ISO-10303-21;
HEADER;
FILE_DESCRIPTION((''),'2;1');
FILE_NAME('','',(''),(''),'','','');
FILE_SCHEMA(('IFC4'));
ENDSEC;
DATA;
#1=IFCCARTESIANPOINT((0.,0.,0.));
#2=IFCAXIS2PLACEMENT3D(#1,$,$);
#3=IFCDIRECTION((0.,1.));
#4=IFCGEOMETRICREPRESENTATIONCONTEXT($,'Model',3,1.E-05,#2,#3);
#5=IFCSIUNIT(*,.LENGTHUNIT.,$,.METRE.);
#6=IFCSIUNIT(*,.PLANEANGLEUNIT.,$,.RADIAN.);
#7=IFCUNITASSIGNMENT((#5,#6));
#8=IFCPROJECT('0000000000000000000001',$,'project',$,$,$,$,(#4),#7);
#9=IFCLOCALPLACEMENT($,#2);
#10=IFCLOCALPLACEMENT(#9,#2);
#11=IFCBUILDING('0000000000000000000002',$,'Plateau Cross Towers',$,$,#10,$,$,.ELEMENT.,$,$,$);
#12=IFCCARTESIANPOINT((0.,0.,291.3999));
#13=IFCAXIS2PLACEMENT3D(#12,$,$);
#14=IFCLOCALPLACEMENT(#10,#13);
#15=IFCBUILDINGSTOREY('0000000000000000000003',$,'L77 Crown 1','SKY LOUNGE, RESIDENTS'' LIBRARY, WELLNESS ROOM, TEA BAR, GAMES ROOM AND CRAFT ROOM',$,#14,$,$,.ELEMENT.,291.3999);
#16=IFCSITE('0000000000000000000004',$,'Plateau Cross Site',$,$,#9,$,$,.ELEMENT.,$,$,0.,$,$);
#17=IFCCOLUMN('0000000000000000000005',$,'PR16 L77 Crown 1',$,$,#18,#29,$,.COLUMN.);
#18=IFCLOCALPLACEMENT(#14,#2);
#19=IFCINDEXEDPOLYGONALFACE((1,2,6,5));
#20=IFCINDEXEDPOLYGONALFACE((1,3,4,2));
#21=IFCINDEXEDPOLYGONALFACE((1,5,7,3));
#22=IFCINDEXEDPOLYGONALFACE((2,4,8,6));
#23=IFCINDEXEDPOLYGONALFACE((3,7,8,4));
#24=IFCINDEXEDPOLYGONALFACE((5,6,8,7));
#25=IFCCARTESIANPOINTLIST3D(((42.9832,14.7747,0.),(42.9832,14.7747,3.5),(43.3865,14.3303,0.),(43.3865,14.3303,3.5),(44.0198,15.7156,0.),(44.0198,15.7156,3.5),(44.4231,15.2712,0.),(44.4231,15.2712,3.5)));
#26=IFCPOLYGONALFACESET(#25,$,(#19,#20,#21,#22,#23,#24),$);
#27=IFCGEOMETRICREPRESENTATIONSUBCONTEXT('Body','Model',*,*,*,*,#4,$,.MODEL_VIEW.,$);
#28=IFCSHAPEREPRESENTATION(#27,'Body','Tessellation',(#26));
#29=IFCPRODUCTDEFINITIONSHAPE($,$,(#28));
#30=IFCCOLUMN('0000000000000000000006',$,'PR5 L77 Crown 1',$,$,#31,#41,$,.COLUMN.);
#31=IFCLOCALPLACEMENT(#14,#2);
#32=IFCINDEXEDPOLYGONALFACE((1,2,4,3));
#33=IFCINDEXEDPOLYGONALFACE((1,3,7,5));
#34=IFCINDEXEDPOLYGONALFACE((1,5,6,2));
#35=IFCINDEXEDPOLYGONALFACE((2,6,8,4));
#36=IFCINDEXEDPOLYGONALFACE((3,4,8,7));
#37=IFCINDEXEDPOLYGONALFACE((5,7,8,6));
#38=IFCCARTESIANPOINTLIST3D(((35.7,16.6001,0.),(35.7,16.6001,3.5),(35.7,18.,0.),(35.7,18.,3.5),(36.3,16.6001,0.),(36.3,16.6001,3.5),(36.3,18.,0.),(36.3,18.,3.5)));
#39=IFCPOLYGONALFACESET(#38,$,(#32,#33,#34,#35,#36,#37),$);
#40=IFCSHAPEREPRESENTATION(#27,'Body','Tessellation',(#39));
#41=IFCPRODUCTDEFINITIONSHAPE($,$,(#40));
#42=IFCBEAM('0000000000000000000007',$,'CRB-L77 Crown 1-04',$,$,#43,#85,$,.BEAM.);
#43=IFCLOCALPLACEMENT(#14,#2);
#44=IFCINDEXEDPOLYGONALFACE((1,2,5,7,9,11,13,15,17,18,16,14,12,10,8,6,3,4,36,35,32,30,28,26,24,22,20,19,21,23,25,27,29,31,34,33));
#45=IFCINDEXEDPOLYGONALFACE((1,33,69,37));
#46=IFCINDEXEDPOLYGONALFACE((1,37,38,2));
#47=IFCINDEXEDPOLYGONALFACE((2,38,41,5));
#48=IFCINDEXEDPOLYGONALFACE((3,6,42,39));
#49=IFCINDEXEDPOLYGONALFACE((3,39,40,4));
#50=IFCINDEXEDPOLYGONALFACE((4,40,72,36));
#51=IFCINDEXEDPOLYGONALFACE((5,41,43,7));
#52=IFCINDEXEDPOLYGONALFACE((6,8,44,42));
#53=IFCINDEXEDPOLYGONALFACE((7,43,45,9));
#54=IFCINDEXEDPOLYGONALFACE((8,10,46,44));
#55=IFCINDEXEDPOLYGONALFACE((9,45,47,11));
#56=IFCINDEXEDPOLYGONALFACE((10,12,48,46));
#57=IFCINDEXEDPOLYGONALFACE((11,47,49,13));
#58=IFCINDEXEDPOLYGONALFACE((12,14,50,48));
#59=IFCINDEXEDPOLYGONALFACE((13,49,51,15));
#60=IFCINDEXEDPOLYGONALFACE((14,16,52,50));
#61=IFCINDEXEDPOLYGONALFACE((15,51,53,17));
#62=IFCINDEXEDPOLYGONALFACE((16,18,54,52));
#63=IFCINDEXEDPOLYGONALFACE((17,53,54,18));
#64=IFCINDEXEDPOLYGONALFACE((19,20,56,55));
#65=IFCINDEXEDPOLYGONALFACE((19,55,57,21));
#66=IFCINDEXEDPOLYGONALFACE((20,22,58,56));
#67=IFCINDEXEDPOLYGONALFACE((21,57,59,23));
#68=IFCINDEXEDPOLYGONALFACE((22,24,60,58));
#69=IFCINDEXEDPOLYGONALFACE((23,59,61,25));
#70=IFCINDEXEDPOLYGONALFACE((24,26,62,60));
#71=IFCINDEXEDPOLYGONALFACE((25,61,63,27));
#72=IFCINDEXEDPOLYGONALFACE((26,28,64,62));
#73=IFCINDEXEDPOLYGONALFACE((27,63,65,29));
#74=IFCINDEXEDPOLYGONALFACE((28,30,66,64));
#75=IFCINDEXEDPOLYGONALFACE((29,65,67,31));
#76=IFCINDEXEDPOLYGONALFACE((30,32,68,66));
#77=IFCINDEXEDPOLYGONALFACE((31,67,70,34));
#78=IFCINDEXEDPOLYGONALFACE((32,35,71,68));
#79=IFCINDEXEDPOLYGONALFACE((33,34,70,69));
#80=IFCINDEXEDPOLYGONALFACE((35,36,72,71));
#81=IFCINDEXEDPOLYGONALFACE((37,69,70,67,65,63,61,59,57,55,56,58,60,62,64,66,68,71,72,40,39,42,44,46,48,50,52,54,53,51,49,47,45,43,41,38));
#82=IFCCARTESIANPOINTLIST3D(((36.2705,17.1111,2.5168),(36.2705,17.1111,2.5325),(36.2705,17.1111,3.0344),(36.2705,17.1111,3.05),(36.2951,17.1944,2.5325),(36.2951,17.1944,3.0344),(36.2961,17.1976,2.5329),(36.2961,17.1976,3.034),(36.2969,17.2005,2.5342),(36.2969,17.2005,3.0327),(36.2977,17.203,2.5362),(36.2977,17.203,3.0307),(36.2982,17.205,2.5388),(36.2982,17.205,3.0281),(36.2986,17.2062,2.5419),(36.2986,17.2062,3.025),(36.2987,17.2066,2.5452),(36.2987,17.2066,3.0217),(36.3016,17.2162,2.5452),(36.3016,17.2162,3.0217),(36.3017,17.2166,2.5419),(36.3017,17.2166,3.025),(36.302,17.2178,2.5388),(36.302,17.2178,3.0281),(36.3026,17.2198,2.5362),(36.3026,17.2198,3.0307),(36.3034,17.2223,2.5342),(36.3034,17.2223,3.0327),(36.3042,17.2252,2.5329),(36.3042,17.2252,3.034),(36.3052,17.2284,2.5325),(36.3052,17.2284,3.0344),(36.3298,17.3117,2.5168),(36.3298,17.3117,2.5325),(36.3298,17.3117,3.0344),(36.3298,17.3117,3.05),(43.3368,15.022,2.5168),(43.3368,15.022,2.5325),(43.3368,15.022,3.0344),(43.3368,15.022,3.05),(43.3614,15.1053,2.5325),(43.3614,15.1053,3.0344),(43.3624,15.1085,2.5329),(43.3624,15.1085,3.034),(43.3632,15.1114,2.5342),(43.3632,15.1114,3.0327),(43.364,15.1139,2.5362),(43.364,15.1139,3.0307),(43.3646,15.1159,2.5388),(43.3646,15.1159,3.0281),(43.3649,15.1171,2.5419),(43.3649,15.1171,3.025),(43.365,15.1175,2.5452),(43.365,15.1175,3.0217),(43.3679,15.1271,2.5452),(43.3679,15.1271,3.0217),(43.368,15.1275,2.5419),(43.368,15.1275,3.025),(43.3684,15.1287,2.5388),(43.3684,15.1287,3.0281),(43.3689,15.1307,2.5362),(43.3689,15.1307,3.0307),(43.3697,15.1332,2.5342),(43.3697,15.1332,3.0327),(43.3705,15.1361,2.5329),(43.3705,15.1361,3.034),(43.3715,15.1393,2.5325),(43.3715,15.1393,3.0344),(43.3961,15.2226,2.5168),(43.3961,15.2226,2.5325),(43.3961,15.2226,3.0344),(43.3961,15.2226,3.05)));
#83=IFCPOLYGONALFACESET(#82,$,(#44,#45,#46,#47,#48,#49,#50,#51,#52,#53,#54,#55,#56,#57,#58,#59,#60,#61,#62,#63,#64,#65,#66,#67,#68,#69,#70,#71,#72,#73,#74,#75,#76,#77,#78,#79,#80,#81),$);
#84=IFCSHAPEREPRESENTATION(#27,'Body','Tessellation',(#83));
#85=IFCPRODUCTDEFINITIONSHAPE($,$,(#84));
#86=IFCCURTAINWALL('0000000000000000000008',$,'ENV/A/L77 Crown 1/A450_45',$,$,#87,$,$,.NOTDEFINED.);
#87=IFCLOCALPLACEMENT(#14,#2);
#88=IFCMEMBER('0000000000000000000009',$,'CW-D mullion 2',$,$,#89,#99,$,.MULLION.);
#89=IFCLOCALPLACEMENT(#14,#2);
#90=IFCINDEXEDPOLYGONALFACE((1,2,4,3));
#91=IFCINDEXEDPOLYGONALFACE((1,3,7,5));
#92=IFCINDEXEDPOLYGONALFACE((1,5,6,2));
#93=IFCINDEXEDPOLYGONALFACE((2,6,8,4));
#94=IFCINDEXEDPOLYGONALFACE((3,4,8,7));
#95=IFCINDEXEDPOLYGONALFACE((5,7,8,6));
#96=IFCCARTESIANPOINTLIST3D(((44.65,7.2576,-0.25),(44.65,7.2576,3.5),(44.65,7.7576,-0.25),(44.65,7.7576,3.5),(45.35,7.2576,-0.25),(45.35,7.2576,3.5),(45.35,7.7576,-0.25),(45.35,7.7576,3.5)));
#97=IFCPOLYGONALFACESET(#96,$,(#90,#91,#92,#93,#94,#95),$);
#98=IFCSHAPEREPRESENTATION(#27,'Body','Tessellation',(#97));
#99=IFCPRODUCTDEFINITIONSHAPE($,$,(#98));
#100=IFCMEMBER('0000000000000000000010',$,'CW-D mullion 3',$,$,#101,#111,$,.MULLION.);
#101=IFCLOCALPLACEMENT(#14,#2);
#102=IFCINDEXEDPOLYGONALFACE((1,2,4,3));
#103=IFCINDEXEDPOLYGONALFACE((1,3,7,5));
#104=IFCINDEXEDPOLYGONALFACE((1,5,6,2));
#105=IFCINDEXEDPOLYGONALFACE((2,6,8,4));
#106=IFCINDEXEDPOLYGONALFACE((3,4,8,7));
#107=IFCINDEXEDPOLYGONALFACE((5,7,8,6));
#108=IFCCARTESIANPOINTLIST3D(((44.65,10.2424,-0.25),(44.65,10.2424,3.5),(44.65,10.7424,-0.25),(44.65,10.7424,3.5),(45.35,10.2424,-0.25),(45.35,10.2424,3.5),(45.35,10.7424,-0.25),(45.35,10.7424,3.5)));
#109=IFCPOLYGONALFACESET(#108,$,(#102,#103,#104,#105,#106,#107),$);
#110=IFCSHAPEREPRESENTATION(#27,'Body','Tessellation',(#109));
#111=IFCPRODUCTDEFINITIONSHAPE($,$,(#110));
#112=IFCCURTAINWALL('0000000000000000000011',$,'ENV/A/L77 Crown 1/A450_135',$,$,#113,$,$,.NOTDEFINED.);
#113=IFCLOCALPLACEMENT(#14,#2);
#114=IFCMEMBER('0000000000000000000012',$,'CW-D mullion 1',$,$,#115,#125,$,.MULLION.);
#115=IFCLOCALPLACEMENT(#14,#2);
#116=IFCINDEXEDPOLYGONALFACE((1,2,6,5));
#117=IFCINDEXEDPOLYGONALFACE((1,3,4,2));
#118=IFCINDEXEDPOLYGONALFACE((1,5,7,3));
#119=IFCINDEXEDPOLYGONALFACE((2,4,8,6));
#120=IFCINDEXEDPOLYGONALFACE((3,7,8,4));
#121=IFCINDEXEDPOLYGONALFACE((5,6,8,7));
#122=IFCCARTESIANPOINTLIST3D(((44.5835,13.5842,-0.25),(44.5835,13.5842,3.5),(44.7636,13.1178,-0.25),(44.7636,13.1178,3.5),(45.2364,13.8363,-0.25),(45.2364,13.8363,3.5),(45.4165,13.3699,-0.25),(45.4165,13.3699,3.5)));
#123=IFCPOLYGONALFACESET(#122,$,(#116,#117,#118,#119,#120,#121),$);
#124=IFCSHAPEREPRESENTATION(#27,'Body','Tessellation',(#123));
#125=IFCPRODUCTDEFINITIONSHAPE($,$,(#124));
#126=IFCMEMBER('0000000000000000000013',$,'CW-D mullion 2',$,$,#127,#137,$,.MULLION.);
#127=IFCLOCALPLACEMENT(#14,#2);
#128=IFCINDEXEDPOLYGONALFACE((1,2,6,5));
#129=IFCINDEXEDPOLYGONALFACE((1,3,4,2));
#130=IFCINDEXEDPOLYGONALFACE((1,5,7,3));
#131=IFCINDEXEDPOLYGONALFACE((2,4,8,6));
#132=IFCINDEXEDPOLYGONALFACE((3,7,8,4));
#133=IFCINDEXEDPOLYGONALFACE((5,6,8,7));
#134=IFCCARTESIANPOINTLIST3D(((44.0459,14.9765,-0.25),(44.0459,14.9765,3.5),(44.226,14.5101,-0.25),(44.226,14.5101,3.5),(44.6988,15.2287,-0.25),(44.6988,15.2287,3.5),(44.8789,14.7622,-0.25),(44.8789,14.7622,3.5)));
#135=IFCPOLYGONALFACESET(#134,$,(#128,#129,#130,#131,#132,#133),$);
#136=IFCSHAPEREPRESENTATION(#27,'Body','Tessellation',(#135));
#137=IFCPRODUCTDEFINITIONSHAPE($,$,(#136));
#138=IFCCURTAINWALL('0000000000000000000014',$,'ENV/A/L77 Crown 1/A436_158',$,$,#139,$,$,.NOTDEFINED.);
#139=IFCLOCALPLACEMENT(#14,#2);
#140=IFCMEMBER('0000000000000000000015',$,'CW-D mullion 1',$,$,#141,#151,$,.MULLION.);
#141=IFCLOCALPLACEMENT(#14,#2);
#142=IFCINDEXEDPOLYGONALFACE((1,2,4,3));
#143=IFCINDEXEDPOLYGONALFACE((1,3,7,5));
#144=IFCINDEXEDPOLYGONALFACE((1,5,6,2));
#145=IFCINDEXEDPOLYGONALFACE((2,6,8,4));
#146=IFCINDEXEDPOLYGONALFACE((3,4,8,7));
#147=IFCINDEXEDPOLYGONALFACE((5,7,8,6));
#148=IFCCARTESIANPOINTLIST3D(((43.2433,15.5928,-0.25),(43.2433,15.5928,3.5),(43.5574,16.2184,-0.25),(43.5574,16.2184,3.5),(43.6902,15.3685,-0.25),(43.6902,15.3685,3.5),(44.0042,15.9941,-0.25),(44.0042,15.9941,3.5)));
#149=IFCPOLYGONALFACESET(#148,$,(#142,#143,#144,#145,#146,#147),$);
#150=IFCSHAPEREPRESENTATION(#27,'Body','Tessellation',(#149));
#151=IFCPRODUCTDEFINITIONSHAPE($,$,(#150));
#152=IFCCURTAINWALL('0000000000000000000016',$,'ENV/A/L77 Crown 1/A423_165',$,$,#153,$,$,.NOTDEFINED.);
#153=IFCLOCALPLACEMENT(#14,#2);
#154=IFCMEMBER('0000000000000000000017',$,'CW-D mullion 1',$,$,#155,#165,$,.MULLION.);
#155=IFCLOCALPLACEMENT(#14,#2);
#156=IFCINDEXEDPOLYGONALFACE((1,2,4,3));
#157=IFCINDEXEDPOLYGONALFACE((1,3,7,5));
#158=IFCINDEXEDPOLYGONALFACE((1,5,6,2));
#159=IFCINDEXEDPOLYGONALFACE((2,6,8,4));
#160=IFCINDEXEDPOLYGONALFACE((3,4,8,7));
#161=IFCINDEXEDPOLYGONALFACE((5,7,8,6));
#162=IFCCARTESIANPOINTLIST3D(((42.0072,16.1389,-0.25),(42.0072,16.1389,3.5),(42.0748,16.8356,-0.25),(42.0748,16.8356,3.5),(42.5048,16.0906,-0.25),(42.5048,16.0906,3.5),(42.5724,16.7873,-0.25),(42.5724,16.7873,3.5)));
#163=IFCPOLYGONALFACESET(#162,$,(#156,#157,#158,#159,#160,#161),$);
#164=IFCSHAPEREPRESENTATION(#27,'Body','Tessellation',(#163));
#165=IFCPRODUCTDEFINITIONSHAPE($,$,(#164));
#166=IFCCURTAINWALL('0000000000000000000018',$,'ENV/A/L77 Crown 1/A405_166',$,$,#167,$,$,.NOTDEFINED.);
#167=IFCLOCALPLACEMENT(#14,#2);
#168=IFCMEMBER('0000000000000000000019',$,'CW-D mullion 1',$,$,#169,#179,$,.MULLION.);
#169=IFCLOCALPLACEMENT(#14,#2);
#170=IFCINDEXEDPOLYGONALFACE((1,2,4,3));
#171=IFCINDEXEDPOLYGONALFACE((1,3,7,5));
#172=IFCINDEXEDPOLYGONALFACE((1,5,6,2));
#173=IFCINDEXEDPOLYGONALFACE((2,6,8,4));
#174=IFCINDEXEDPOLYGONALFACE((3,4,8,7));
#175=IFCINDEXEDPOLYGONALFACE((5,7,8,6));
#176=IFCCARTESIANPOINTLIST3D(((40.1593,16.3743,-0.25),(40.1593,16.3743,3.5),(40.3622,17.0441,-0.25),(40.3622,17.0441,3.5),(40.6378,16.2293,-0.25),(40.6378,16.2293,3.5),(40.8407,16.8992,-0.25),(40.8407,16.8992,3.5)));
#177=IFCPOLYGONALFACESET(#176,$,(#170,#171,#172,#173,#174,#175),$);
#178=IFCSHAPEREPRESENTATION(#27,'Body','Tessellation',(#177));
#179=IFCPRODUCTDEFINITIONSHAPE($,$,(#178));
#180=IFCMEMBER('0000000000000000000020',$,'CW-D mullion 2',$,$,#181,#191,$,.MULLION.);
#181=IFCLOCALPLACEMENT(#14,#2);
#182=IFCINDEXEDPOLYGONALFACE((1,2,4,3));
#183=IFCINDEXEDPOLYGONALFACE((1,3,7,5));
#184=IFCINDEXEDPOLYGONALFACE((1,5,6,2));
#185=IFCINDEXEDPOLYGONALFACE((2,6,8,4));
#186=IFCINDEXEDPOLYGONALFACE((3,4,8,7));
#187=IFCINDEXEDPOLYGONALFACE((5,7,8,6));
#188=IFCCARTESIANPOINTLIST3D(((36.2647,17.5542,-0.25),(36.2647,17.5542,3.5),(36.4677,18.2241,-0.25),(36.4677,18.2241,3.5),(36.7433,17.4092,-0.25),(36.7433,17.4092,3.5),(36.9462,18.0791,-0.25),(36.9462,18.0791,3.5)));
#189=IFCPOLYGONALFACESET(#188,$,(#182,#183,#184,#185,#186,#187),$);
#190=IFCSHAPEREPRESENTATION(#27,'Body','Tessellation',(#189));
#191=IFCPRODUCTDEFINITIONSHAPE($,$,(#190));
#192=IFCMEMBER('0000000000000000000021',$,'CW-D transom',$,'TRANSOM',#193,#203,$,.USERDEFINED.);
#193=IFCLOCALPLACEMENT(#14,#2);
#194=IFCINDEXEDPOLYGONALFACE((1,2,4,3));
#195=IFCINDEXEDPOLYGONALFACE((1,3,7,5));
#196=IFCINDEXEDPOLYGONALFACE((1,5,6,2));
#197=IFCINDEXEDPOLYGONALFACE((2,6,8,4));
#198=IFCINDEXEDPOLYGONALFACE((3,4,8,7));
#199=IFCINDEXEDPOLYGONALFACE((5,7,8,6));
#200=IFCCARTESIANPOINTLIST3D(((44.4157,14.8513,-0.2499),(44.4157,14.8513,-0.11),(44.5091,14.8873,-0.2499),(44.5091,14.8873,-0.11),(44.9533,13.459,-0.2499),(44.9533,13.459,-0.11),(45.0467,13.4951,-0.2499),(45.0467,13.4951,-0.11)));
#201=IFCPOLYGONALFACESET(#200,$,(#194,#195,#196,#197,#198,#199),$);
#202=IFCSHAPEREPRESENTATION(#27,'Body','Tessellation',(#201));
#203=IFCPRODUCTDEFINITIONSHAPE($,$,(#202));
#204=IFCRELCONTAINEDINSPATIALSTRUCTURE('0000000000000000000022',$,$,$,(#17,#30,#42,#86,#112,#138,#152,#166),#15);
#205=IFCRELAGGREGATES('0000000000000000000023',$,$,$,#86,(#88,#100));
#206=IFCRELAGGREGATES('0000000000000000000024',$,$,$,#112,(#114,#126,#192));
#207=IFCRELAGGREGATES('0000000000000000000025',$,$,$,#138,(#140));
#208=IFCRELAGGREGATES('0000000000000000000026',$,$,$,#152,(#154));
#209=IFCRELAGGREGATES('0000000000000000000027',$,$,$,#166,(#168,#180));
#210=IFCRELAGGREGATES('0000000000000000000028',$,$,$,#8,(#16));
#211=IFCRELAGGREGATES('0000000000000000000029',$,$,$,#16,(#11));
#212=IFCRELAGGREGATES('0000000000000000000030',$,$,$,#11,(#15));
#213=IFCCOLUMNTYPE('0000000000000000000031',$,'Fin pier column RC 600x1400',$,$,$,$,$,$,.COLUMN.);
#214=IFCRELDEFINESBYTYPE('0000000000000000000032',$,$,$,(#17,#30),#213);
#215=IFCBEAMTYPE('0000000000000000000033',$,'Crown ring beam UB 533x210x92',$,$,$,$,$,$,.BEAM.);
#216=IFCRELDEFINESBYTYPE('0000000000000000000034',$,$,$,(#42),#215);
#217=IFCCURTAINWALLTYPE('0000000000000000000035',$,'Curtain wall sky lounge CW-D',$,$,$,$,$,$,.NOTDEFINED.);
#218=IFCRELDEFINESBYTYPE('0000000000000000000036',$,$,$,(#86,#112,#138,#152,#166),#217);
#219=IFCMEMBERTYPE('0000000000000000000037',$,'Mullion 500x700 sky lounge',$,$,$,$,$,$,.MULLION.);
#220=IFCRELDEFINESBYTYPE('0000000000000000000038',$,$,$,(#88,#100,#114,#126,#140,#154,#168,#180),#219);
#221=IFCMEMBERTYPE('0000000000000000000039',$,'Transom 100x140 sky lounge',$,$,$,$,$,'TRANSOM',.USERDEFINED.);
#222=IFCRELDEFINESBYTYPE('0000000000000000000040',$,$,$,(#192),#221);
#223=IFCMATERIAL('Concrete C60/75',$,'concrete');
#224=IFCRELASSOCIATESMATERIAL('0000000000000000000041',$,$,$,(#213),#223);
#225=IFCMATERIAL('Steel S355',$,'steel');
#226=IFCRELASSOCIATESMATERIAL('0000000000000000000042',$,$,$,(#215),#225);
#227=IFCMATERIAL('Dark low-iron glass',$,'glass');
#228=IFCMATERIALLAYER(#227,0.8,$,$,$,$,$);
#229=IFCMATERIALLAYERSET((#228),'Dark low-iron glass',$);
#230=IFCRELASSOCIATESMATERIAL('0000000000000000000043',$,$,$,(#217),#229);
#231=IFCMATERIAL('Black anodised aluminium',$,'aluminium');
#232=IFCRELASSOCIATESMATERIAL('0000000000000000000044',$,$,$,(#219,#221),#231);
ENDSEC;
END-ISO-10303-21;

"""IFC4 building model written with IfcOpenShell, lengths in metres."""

from ifc_helpers import new_model, si_unit, direction, frame, origin, origin_2d, place, context, subcontext, project, spatial, rectangle, i_section, extrude, material, layer, layer_set, material_profile, profile_set, type_object, element, aggregate, save


model = new_model("IFC4")

# Units and contexts
model_context = context("Model", 3, precision=1e-05, world=origin(), true_north=direction((0.0, 1.0)))
body_context = subcontext(model_context, "Body", "Model", "MODEL_VIEW")
ifc_project = project(units=[si_unit("LENGTHUNIT", "METRE"), si_unit("PLANEANGLEUNIT", "RADIAN")], contexts=[model_context])

# Site, building, storey
site_placement = place(None, origin())
site = spatial("IfcSite", under=ifc_project, at=site_placement, Name="Plateau Cross Site", CompositionType="ELEMENT", RefElevation=0.0)
building_placement = place(site_placement, origin())
building = spatial("IfcBuilding", under=site, at=building_placement, Name="Plateau Cross Towers", CompositionType="ELEMENT")
storey_placement = place(building_placement, frame((0.0, 0.0, 291.3999)))
storey = spatial("IfcBuildingStorey", under=building, at=storey_placement, Name="L77 Crown 1", Description="SKY LOUNGE, RESIDENTS' LIBRARY, WELLNESS ROOM, TEA BAR, GAMES ROOM AND CRAFT ROOM", CompositionType="ELEMENT", Elevation=291.3999)

# Columns
ifc_material_1 = material(Name="Concrete C60/75", Category="concrete")
ifc_material_profile_1 = material_profile(ifc_material_1, rectangle(XDim=0.6001, YDim=1.3999, at=origin_2d()), Name="RC 600x1400")
ifc_profile_set_1 = profile_set([ifc_material_profile_1], Name="Concrete C60/75")
column_type = type_object("IfcColumnType", Name="Fin pier column RC 600x1400", PredefinedType="COLUMN", material=ifc_profile_set_1)
for number, where, z_axis, x_axis, name in (
    (1, (43.7031, 15.0229, 0.0), (0.0, 0.0, 1.0), (-0.672084, 0.740475, 0.0), "PR16 L77 Crown 1"),
    (2, (36.0, 17.3, 0.0), (0.0, 0.0, 1.0), (1.0, 0.0, 0.0), "PR5 L77 Crown 1"),
):
    element("IfcColumn", number, at=place(storey_placement, frame(where, z_axis=z_axis, x_axis=x_axis)), inside=storey, type_object=column_type, Name=name, PredefinedType="COLUMN", context=body_context, shape_type="SweptSolid", body=[
        extrude(rectangle(XDim=0.6001, YDim=1.3999, at=origin_2d()), origin(), (0.0, 0.0, 1.0), 3.5),
    ])

# Beam
ifc_material_2 = material(Name="Steel S355", Category="steel")
ifc_material_profile_2 = material_profile(ifc_material_2, i_section(OverallWidth=0.2092, OverallDepth=0.5332, WebThickness=0.01, FlangeThickness=0.0156, FilletRadius=0.0127, at=origin_2d()), Name="UB 533x210x92")
ifc_profile_set_2 = profile_set([ifc_material_profile_2], Name="Steel S355")
beam_type = type_object("IfcBeamType", Name="Crown ring beam UB 533x210x92", PredefinedType="BEAM", material=ifc_profile_set_2)
beam_placement = place(storey_placement, frame((43.3665, 15.1223, 2.7834), z_axis=(-0.958969, 0.28351, 0.0), x_axis=(-0.28351, -0.958969, 0.0)))
element("IfcBeam", 3, at=beam_placement, inside=storey, type_object=beam_type, Name="CRB-L77 Crown 1-04", PredefinedType="BEAM", context=body_context, shape_type="SweptSolid", body=[
    extrude(i_section(OverallWidth=0.2092, OverallDepth=0.5332, WebThickness=0.01, FlangeThickness=0.0156, FilletRadius=0.0127, at=origin_2d()), origin(), (0.0, 0.0, 1.0), 7.3687),
])

# Curtain walls, members
ifc_material_3 = material(Name="Dark low-iron glass", Category="glass")
ifc_layer_1 = layer(ifc_material_3, 0.8)
ifc_layer_set_1 = layer_set([ifc_layer_1], Name="Dark low-iron glass")
curtain_wall_type = type_object("IfcCurtainWallType", Name="Curtain wall sky lounge CW-D", PredefinedType="NOTDEFINED", material=ifc_layer_set_1)
curtain_wall_1_placement = place(storey_placement, origin())
curtain_wall_1 = element("IfcCurtainWall", 4, at=curtain_wall_1_placement, inside=storey, type_object=curtain_wall_type, Name="ENV/A/L77 Crown 1/A450_45", PredefinedType="NOTDEFINED")
ifc_material_4 = material(Name="Black anodised aluminium", Category="aluminium")
ifc_material_profile_3 = material_profile(ifc_material_4, rectangle(XDim=0.5, YDim=0.7, at=origin_2d()), Name="MULLION 500x700")
ifc_profile_set_3 = profile_set([ifc_material_profile_3], Name="Black anodised aluminium")
member_type_1 = type_object("IfcMemberType", Name="Mullion 500x700 sky lounge", PredefinedType="MULLION", material=ifc_profile_set_3)
member_1_placement = place(storey_placement, frame((45.0, 7.5076, -0.25), z_axis=(0.0, 0.0, 1.0), x_axis=(0.0, 1.0, 0.0)))
member_1 = element("IfcMember", 5, at=member_1_placement, type_object=member_type_1, Name="CW-D mullion 2", PredefinedType="MULLION", context=body_context, shape_type="SweptSolid", body=[
    extrude(rectangle(XDim=0.5, YDim=0.7, at=origin_2d()), origin(), (0.0, 0.0, 1.0), 3.75),
])
member_2_placement = place(storey_placement, frame((45.0, 10.4924, -0.25), z_axis=(0.0, 0.0, 1.0), x_axis=(0.0, 1.0, 0.0)))
member_2 = element("IfcMember", 6, at=member_2_placement, type_object=member_type_1, Name="CW-D mullion 3", PredefinedType="MULLION", context=body_context, shape_type="SweptSolid", body=[
    extrude(rectangle(XDim=0.5, YDim=0.7, at=origin_2d()), origin(), (0.0, 0.0, 1.0), 3.75),
])
curtain_wall_2_placement = place(storey_placement, origin())
curtain_wall_2 = element("IfcCurtainWall", 7, at=curtain_wall_2_placement, inside=storey, type_object=curtain_wall_type, Name="ENV/A/L77 Crown 1/A450_135", PredefinedType="NOTDEFINED")
member_3_placement = place(storey_placement, frame((45.0, 13.4771, -0.25), z_axis=(0.0, 0.0, 1.0), x_axis=(-0.360226, 0.932865, 0.0)))
member_3 = element("IfcMember", 8, at=member_3_placement, type_object=member_type_1, Name="CW-D mullion 1", PredefinedType="MULLION", context=body_context, shape_type="SweptSolid", body=[
    extrude(rectangle(XDim=0.5, YDim=0.7, at=origin_2d()), origin(), (0.0, 0.0, 1.0), 3.75),
])
member_4_placement = place(storey_placement, frame((44.4624, 14.8694, -0.25), z_axis=(0.0, 0.0, 1.0), x_axis=(-0.360226, 0.932865, 0.0)))
member_4 = element("IfcMember", 9, at=member_4_placement, type_object=member_type_1, Name="CW-D mullion 2", PredefinedType="MULLION", context=body_context, shape_type="SweptSolid", body=[
    extrude(rectangle(XDim=0.5, YDim=0.7, at=origin_2d()), origin(), (0.0, 0.0, 1.0), 3.75),
])

# Curtain walls, members
curtain_wall_3_placement = place(storey_placement, origin())
curtain_wall_3 = element("IfcCurtainWall", 10, at=curtain_wall_3_placement, inside=storey, type_object=curtain_wall_type, Name="ENV/A/L77 Crown 1/A436_158", PredefinedType="NOTDEFINED")
member_5_placement = place(storey_placement, frame((43.6238, 15.7935, -0.25), z_axis=(0.0, 0.0, 1.0), x_axis=(-0.893702, 0.448661, 0.0)))
member_5 = element("IfcMember", 11, at=member_5_placement, type_object=member_type_1, Name="CW-D mullion 1", PredefinedType="MULLION", context=body_context, shape_type="SweptSolid", body=[
    extrude(rectangle(XDim=0.5, YDim=0.7, at=origin_2d()), origin(), (0.0, 0.0, 1.0), 3.75),
])
curtain_wall_4_placement = place(storey_placement, origin())
curtain_wall_4 = element("IfcCurtainWall", 12, at=curtain_wall_4_placement, inside=storey, type_object=curtain_wall_type, Name="ENV/A/L77 Crown 1/A423_165", PredefinedType="NOTDEFINED")
member_6_placement = place(storey_placement, frame((42.2898, 16.4631, -0.25), z_axis=(0.0, 0.0, 1.0), x_axis=(-0.995323, 0.096606, 0.0)))
member_6 = element("IfcMember", 13, at=member_6_placement, type_object=member_type_1, Name="CW-D mullion 1", PredefinedType="MULLION", context=body_context, shape_type="SweptSolid", body=[
    extrude(rectangle(XDim=0.5, YDim=0.7, at=origin_2d()), origin(), (0.0, 0.0, 1.0), 3.75),
])

# Curtain wall, members
curtain_wall_5_placement = place(storey_placement, origin())
curtain_wall_5 = element("IfcCurtainWall", 14, at=curtain_wall_5_placement, inside=storey, type_object=curtain_wall_type, Name="ENV/A/L77 Crown 1/A405_166", PredefinedType="NOTDEFINED")
member_7_placement = place(storey_placement, frame((40.5, 16.6367, -0.25), z_axis=(0.0, 0.0, 1.0), x_axis=(-0.957048, 0.289928, 0.0)))
member_7 = element("IfcMember", 15, at=member_7_placement, type_object=member_type_1, Name="CW-D mullion 1", PredefinedType="MULLION", context=body_context, shape_type="SweptSolid", body=[
    extrude(rectangle(XDim=0.5, YDim=0.7, at=origin_2d()), origin(), (0.0, 0.0, 1.0), 3.75),
])
member_8_placement = place(storey_placement, frame((36.6055, 17.8167, -0.25), z_axis=(0.0, 0.0, 1.0), x_axis=(-0.957048, 0.289928, 0.0)))
member_8 = element("IfcMember", 16, at=member_8_placement, type_object=member_type_1, Name="CW-D mullion 2", PredefinedType="MULLION", context=body_context, shape_type="SweptSolid", body=[
    extrude(rectangle(XDim=0.5, YDim=0.7, at=origin_2d()), origin(), (0.0, 0.0, 1.0), 3.75),
])

# Member
ifc_material_profile_4 = material_profile(ifc_material_4, rectangle(XDim=0.1001, YDim=0.1399, at=origin_2d()), Name="TRANSOM 100x140")
ifc_profile_set_4 = profile_set([ifc_material_profile_4], Name="Black anodised aluminium")
member_type_2 = type_object("IfcMemberType", Name="Transom 100x140 sky lounge", ElementType="TRANSOM", PredefinedType="USERDEFINED", material=ifc_profile_set_4)
member_9_placement = place(storey_placement, frame((45.0, 13.4771, -0.1799), z_axis=(-0.360195, 0.932877, 0.0), x_axis=(-0.932877, -0.360195, 0.0)))
member_9 = element("IfcMember", 17, at=member_9_placement, type_object=member_type_2, Name="CW-D transom", ObjectType="TRANSOM", PredefinedType="USERDEFINED", context=body_context, shape_type="SweptSolid", body=[
    extrude(rectangle(XDim=0.1001, YDim=0.1399, at=origin_2d()), origin(), (0.0, 0.0, 1.0), 1.4924),
])

aggregate(curtain_wall_1, [member_1, member_2])
aggregate(curtain_wall_2, [member_3, member_4, member_9])
aggregate(curtain_wall_3, [member_5])
aggregate(curtain_wall_4, [member_6])
aggregate(curtain_wall_5, [member_7, member_8])

save(model, "model.ifc")
